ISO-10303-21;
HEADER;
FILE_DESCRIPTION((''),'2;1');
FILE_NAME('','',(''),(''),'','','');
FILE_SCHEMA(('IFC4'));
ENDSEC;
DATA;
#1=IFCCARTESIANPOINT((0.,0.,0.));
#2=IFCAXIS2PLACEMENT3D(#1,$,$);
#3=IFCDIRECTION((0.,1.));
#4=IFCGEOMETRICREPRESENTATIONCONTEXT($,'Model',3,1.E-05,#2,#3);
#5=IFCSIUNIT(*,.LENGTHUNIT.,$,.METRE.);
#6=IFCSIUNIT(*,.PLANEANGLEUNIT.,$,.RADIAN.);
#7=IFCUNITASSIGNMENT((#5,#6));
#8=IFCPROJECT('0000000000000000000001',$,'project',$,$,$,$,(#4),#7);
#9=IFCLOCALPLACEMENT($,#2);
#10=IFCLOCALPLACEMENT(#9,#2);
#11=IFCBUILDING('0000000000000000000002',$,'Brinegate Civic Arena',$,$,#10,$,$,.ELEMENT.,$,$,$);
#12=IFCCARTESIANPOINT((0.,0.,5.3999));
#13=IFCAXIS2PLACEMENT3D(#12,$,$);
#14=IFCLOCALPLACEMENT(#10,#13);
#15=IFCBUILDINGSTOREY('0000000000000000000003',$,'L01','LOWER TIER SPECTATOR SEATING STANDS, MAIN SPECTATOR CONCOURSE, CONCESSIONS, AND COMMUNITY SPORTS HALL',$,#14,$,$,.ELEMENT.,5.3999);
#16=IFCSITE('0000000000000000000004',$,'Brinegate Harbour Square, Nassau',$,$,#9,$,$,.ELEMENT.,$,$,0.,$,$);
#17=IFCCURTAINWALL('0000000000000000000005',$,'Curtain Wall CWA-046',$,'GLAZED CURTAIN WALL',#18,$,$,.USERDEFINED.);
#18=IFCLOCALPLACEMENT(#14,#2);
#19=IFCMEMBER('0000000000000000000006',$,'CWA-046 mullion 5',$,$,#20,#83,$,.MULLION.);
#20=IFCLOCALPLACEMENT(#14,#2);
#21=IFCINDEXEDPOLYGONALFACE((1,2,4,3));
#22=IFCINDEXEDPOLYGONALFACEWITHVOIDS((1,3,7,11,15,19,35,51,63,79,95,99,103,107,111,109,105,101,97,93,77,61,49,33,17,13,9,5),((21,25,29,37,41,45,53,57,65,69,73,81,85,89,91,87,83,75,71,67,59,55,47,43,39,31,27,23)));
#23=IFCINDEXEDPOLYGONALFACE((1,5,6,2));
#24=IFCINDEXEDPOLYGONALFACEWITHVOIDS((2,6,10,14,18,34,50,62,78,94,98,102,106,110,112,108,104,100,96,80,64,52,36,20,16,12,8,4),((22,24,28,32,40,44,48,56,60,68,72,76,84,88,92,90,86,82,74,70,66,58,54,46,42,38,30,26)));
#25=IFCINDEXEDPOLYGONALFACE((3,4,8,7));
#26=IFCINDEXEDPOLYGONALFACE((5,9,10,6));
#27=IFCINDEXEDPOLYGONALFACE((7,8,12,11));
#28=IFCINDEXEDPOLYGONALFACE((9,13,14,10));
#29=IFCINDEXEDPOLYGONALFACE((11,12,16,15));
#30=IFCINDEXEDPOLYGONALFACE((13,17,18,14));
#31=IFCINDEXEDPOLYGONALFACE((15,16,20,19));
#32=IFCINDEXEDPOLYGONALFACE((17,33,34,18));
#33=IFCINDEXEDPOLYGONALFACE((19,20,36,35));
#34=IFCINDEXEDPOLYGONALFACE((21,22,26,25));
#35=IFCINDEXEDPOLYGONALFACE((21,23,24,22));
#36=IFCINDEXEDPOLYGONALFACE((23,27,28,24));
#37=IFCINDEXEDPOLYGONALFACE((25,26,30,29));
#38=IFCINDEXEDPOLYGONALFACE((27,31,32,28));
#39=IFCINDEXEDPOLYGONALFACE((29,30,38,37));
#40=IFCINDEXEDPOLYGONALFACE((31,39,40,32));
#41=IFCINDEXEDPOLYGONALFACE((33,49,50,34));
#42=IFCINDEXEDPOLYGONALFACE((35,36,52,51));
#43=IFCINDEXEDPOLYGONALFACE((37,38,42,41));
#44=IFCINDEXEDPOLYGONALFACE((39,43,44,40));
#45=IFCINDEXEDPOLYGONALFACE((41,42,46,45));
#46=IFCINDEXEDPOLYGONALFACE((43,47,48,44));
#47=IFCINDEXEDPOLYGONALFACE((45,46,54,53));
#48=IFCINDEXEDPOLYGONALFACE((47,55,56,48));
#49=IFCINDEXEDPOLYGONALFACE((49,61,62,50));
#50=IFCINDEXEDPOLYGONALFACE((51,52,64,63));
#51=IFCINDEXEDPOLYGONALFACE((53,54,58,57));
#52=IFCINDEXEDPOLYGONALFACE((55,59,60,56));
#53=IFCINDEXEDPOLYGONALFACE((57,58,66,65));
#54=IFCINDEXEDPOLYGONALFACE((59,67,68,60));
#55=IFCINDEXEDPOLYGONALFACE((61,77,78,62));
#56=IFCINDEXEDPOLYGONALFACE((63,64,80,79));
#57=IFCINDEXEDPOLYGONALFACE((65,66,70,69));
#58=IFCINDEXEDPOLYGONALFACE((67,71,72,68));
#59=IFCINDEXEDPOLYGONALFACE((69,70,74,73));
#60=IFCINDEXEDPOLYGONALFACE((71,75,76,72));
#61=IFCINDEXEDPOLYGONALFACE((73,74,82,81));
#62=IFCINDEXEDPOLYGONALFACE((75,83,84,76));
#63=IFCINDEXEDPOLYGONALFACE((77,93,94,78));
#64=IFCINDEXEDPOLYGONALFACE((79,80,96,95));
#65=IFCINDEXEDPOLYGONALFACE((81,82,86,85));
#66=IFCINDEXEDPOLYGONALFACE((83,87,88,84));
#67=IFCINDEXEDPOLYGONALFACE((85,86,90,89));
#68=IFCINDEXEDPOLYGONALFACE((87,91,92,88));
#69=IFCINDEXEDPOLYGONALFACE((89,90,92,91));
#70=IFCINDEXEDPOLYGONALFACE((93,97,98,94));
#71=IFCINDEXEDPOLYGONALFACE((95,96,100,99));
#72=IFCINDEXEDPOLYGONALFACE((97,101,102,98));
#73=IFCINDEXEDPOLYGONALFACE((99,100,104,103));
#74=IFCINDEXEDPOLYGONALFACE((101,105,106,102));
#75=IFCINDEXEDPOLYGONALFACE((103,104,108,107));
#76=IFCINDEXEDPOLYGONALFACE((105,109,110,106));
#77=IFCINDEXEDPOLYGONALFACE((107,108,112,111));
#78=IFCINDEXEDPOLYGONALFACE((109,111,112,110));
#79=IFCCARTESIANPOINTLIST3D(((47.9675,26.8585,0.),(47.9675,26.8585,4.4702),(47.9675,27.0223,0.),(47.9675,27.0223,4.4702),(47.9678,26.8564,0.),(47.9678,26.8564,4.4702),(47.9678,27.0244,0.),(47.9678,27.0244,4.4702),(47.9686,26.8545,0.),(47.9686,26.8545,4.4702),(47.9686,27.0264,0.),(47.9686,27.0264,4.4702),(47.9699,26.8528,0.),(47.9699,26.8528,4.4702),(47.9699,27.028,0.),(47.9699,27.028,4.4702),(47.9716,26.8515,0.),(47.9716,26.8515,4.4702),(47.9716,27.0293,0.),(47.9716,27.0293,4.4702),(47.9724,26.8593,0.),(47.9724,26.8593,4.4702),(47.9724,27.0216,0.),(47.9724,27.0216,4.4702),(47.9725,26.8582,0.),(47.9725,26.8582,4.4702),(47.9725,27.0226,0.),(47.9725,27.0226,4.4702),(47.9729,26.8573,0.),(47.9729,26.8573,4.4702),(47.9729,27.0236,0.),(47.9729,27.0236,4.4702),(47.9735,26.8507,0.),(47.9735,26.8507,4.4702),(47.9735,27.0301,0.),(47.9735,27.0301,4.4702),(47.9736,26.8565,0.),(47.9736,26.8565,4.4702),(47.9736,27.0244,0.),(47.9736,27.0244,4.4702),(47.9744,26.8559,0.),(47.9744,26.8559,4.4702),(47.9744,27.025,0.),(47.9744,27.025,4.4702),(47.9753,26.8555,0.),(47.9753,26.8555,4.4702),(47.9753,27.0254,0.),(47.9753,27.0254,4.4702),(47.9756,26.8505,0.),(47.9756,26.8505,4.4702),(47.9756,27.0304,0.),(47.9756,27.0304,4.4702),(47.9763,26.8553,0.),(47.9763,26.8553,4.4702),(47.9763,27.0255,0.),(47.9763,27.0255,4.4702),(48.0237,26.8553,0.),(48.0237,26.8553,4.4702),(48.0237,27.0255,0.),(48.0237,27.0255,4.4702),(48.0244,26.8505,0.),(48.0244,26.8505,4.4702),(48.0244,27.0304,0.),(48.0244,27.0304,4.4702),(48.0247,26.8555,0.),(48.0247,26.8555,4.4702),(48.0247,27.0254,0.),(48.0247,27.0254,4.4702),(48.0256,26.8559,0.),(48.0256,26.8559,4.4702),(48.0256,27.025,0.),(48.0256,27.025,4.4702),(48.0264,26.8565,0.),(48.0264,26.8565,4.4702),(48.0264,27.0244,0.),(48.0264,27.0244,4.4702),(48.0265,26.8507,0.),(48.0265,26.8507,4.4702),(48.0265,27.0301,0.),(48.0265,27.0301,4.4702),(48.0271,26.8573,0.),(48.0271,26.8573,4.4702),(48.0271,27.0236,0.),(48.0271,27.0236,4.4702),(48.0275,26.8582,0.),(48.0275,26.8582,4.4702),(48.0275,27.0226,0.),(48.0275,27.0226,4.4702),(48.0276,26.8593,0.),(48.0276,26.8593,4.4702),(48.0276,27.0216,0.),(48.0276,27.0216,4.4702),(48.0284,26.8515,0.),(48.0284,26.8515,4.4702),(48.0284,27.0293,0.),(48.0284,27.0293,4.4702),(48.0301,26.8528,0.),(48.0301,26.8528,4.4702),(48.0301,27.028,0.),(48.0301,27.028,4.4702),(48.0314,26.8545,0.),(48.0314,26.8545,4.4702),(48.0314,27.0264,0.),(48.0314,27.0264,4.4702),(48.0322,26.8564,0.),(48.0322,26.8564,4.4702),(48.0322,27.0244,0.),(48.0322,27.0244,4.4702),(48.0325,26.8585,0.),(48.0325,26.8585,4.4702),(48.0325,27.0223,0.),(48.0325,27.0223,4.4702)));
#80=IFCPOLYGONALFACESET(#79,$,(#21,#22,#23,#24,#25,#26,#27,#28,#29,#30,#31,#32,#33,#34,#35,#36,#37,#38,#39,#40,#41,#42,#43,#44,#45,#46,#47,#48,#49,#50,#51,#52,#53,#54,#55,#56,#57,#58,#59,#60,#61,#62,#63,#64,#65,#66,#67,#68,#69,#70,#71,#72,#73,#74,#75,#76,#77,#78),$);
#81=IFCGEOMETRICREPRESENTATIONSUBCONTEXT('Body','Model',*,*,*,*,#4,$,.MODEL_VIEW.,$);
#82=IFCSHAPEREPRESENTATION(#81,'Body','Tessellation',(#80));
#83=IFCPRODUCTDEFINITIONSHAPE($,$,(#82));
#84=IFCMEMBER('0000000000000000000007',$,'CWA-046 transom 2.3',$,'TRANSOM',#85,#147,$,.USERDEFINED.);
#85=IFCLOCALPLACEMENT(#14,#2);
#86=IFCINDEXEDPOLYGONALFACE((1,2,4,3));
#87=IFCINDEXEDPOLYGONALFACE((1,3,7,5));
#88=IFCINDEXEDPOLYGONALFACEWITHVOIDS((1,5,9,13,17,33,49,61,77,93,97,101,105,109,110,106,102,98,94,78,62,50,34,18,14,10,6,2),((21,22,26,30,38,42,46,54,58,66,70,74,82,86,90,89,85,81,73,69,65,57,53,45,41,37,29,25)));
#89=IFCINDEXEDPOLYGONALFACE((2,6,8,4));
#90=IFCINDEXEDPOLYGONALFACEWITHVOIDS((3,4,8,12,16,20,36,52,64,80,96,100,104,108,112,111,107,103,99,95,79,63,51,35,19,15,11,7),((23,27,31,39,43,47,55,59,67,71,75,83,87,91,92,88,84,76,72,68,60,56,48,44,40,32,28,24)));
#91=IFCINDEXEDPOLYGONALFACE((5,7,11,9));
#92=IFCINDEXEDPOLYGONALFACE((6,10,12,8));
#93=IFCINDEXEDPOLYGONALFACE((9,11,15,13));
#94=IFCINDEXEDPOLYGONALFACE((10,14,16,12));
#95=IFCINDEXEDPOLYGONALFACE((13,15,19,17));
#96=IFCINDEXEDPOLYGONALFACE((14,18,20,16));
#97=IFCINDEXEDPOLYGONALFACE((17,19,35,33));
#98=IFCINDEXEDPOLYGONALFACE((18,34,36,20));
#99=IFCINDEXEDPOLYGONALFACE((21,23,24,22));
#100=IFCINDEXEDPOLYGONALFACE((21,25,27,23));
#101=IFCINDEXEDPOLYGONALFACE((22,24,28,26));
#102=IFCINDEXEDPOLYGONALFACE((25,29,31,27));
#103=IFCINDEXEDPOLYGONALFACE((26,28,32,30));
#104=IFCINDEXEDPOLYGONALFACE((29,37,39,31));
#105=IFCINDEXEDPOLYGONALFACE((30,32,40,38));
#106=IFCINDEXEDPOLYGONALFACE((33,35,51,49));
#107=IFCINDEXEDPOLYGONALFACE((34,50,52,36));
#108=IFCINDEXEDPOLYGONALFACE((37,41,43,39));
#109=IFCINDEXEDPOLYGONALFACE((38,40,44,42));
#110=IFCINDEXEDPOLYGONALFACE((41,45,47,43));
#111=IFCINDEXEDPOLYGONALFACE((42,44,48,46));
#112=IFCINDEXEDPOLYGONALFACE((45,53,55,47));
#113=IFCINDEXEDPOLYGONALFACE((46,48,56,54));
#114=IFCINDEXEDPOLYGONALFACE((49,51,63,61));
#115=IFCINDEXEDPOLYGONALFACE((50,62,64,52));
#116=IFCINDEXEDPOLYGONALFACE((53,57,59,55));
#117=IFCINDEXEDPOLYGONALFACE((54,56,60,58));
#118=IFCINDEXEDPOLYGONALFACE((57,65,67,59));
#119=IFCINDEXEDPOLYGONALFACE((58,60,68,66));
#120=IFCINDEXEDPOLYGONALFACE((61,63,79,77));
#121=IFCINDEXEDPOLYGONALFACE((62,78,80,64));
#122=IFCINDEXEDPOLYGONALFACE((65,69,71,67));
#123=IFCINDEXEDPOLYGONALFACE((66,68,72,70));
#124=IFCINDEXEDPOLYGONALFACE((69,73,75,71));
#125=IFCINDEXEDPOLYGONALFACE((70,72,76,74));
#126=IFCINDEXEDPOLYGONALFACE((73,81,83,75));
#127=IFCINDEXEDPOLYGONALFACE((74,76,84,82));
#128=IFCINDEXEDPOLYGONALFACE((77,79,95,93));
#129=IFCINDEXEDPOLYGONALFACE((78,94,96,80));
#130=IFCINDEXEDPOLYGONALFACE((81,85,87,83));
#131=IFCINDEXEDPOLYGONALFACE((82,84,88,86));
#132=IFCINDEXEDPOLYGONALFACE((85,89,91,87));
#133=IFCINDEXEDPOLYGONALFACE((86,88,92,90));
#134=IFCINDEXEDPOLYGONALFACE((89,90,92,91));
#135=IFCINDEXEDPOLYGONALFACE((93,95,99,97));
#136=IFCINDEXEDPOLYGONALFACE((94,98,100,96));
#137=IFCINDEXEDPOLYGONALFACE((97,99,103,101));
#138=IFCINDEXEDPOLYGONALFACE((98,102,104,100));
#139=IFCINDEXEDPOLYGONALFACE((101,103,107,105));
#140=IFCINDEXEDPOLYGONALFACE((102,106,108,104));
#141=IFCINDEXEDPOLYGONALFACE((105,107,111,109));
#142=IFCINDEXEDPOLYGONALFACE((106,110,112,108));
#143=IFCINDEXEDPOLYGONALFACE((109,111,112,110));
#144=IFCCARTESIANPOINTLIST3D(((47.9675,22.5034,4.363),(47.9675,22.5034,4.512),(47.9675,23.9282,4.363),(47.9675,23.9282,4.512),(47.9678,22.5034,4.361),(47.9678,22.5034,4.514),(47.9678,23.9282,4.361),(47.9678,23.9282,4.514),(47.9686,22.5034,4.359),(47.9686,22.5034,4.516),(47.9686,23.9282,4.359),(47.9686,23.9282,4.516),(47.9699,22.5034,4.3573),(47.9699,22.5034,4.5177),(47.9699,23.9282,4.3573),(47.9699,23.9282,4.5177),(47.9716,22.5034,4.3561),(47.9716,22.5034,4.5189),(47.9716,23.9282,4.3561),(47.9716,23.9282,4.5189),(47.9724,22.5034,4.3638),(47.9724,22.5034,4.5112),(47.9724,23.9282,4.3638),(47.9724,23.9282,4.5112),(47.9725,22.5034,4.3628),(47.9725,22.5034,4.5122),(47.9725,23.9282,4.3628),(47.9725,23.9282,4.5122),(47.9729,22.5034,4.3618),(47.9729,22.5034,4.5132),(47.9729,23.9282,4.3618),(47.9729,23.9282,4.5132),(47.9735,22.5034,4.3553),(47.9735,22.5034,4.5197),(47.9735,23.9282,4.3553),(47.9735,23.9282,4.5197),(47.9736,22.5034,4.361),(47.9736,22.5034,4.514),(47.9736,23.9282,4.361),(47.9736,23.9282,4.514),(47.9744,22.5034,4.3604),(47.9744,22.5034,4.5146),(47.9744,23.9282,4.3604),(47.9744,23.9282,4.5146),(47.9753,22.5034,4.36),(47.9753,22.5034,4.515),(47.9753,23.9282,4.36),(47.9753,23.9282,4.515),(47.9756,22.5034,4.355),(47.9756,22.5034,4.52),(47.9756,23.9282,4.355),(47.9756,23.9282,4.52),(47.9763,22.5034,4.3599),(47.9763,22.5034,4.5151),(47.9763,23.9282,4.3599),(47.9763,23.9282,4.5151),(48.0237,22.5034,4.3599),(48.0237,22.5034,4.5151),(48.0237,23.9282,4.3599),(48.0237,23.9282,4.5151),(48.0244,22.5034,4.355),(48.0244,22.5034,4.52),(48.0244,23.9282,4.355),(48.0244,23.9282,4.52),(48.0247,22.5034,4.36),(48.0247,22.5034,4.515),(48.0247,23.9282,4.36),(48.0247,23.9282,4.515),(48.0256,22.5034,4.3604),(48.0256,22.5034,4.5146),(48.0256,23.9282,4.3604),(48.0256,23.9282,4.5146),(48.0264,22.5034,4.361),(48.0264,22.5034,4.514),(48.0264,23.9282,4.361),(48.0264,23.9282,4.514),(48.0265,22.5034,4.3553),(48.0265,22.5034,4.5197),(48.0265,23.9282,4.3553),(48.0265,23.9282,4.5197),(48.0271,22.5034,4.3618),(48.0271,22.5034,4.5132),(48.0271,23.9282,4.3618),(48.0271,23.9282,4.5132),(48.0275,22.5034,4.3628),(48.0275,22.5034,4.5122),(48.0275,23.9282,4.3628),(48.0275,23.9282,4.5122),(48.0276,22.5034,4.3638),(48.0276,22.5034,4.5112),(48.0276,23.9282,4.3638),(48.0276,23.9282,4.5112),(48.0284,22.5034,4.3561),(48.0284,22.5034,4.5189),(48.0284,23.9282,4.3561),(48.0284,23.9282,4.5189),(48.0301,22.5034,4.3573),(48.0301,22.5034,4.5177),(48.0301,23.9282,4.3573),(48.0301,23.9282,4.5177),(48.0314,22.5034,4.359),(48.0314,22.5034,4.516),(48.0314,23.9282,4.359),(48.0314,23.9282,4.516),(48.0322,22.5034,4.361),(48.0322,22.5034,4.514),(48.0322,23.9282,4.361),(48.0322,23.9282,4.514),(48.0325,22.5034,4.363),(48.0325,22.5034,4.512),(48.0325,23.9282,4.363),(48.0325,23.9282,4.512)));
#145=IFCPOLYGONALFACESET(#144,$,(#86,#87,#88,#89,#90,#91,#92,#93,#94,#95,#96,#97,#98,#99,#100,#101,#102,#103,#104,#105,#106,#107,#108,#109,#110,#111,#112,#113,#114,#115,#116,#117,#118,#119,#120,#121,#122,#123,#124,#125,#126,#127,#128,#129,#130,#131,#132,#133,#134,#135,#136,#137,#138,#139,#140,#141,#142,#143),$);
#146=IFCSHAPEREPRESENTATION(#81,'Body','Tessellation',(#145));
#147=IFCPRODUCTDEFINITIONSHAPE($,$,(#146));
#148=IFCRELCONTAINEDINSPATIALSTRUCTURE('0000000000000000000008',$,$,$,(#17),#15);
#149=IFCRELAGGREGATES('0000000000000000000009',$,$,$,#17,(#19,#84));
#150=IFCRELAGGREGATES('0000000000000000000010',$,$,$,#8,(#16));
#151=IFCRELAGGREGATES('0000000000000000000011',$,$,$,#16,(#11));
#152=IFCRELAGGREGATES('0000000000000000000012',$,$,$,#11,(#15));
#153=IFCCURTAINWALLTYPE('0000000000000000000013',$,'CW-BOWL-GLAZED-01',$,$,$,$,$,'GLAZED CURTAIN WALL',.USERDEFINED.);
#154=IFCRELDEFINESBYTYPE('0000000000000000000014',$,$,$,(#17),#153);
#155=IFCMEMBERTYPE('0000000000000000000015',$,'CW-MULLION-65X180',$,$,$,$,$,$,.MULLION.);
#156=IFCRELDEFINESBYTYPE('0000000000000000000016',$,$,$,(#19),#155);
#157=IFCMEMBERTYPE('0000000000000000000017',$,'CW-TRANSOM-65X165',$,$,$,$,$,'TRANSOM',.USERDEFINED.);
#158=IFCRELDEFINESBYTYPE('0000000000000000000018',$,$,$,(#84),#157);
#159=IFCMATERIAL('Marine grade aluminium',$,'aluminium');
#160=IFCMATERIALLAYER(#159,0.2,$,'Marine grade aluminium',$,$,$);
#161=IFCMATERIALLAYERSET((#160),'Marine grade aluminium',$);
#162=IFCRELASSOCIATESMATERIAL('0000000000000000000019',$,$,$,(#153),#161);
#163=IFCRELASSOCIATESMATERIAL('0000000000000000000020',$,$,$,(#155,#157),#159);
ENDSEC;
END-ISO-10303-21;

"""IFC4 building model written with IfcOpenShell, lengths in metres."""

from ifc_helpers import new_model, si_unit, direction, frame, origin, origin_2d, place, context, subcontext, project, spatial, hollow_rectangle, extrude, material, layer, layer_set, material_profile, profile_set, type_object, element, aggregate, save


model = new_model("IFC4")

# Units and contexts
model_context = context("Model", 3, precision=1e-05, world=origin(), true_north=direction((0.0, 1.0)))
body_context = subcontext(model_context, "Body", "Model", "MODEL_VIEW")
ifc_project = project(units=[si_unit("LENGTHUNIT", "METRE"), si_unit("PLANEANGLEUNIT", "RADIAN")], contexts=[model_context])

# Site, building, storey
site_placement = place(None, origin())
site = spatial("IfcSite", under=ifc_project, at=site_placement, Name="Brinegate Harbour Square, Nassau", CompositionType="ELEMENT", RefElevation=0.0)
building_placement = place(site_placement, origin())
building = spatial("IfcBuilding", under=site, at=building_placement, Name="Brinegate Civic Arena", CompositionType="ELEMENT")
storey_placement = place(building_placement, frame((0.0, 0.0, 5.3999)))
storey = spatial("IfcBuildingStorey", under=building, at=storey_placement, Name="L01", Description="LOWER TIER SPECTATOR SEATING STANDS, MAIN SPECTATOR CONCOURSE, CONCESSIONS, AND COMMUNITY SPORTS HALL", CompositionType="ELEMENT", Elevation=5.3999)

# Curtain wall, members
ifc_material_1 = material(Name="Marine grade aluminium", Category="aluminium")
ifc_layer_1 = layer(ifc_material_1, 0.2, Name="Marine grade aluminium")
ifc_layer_set_1 = layer_set([ifc_layer_1], Name="Marine grade aluminium")
curtain_wall_type = type_object("IfcCurtainWallType", Name="CW-BOWL-GLAZED-01", ElementType="GLAZED CURTAIN WALL", PredefinedType="USERDEFINED", material=ifc_layer_set_1)
curtain_wall_placement = place(storey_placement, origin())
curtain_wall = element("IfcCurtainWall", 1, at=curtain_wall_placement, inside=storey, type_object=curtain_wall_type, Name="Curtain Wall CWA-046", ObjectType="GLAZED CURTAIN WALL", PredefinedType="USERDEFINED")
ifc_material_profile_1 = material_profile(ifc_material_1, hollow_rectangle(XDim=0.0649, YDim=0.1799, WallThickness=0.0049, InnerFilletRadius=0.0039, OuterFilletRadius=0.0081, at=origin_2d()), Name="MUL65X180")
ifc_profile_set_1 = profile_set([ifc_material_profile_1], Name="Marine grade aluminium")
member_type_1 = type_object("IfcMemberType", Name="CW-MULLION-65X180", PredefinedType="MULLION", material=ifc_profile_set_1)
member_1_placement = place(storey_placement, frame((48.0, 26.9404, 0.0), z_axis=(0.0, 0.0, 1.0), x_axis=(-1.0, 0.0, 0.0)))
member_1 = element("IfcMember", 2, at=member_1_placement, type_object=member_type_1, Name="CWA-046 mullion 5", PredefinedType="MULLION", context=body_context, shape_type="SweptSolid", body=[
    extrude(hollow_rectangle(XDim=0.0649, YDim=0.1799, WallThickness=0.0049, InnerFilletRadius=0.0039, OuterFilletRadius=0.0081, at=origin_2d()), origin(), (0.0, 0.0, 1.0), 4.4702),
])
ifc_material_profile_2 = material_profile(ifc_material_1, hollow_rectangle(XDim=0.0649, YDim=0.165, WallThickness=0.0049, InnerFilletRadius=0.0039, OuterFilletRadius=0.0081, at=origin_2d()), Name="TRN65X165")
ifc_profile_set_2 = profile_set([ifc_material_profile_2], Name="Marine grade aluminium")
member_type_2 = type_object("IfcMemberType", Name="CW-TRANSOM-65X165", ElementType="TRANSOM", PredefinedType="USERDEFINED", material=ifc_profile_set_2)
member_2_placement = place(storey_placement, frame((48.0, 22.5034, 4.4375), z_axis=(0.0, 1.0, 0.0), x_axis=(-1.0, 0.0, 0.0)))
member_2 = element("IfcMember", 3, at=member_2_placement, type_object=member_type_2, Name="CWA-046 transom 2.3", ObjectType="TRANSOM", PredefinedType="USERDEFINED", context=body_context, shape_type="SweptSolid", body=[
    extrude(hollow_rectangle(XDim=0.0649, YDim=0.165, WallThickness=0.0049, InnerFilletRadius=0.0039, OuterFilletRadius=0.0081, at=origin_2d()), origin(), (0.0, 0.0, 1.0), 1.4248),
])

aggregate(curtain_wall, [member_1, member_2])

save(model, "model.ifc")
